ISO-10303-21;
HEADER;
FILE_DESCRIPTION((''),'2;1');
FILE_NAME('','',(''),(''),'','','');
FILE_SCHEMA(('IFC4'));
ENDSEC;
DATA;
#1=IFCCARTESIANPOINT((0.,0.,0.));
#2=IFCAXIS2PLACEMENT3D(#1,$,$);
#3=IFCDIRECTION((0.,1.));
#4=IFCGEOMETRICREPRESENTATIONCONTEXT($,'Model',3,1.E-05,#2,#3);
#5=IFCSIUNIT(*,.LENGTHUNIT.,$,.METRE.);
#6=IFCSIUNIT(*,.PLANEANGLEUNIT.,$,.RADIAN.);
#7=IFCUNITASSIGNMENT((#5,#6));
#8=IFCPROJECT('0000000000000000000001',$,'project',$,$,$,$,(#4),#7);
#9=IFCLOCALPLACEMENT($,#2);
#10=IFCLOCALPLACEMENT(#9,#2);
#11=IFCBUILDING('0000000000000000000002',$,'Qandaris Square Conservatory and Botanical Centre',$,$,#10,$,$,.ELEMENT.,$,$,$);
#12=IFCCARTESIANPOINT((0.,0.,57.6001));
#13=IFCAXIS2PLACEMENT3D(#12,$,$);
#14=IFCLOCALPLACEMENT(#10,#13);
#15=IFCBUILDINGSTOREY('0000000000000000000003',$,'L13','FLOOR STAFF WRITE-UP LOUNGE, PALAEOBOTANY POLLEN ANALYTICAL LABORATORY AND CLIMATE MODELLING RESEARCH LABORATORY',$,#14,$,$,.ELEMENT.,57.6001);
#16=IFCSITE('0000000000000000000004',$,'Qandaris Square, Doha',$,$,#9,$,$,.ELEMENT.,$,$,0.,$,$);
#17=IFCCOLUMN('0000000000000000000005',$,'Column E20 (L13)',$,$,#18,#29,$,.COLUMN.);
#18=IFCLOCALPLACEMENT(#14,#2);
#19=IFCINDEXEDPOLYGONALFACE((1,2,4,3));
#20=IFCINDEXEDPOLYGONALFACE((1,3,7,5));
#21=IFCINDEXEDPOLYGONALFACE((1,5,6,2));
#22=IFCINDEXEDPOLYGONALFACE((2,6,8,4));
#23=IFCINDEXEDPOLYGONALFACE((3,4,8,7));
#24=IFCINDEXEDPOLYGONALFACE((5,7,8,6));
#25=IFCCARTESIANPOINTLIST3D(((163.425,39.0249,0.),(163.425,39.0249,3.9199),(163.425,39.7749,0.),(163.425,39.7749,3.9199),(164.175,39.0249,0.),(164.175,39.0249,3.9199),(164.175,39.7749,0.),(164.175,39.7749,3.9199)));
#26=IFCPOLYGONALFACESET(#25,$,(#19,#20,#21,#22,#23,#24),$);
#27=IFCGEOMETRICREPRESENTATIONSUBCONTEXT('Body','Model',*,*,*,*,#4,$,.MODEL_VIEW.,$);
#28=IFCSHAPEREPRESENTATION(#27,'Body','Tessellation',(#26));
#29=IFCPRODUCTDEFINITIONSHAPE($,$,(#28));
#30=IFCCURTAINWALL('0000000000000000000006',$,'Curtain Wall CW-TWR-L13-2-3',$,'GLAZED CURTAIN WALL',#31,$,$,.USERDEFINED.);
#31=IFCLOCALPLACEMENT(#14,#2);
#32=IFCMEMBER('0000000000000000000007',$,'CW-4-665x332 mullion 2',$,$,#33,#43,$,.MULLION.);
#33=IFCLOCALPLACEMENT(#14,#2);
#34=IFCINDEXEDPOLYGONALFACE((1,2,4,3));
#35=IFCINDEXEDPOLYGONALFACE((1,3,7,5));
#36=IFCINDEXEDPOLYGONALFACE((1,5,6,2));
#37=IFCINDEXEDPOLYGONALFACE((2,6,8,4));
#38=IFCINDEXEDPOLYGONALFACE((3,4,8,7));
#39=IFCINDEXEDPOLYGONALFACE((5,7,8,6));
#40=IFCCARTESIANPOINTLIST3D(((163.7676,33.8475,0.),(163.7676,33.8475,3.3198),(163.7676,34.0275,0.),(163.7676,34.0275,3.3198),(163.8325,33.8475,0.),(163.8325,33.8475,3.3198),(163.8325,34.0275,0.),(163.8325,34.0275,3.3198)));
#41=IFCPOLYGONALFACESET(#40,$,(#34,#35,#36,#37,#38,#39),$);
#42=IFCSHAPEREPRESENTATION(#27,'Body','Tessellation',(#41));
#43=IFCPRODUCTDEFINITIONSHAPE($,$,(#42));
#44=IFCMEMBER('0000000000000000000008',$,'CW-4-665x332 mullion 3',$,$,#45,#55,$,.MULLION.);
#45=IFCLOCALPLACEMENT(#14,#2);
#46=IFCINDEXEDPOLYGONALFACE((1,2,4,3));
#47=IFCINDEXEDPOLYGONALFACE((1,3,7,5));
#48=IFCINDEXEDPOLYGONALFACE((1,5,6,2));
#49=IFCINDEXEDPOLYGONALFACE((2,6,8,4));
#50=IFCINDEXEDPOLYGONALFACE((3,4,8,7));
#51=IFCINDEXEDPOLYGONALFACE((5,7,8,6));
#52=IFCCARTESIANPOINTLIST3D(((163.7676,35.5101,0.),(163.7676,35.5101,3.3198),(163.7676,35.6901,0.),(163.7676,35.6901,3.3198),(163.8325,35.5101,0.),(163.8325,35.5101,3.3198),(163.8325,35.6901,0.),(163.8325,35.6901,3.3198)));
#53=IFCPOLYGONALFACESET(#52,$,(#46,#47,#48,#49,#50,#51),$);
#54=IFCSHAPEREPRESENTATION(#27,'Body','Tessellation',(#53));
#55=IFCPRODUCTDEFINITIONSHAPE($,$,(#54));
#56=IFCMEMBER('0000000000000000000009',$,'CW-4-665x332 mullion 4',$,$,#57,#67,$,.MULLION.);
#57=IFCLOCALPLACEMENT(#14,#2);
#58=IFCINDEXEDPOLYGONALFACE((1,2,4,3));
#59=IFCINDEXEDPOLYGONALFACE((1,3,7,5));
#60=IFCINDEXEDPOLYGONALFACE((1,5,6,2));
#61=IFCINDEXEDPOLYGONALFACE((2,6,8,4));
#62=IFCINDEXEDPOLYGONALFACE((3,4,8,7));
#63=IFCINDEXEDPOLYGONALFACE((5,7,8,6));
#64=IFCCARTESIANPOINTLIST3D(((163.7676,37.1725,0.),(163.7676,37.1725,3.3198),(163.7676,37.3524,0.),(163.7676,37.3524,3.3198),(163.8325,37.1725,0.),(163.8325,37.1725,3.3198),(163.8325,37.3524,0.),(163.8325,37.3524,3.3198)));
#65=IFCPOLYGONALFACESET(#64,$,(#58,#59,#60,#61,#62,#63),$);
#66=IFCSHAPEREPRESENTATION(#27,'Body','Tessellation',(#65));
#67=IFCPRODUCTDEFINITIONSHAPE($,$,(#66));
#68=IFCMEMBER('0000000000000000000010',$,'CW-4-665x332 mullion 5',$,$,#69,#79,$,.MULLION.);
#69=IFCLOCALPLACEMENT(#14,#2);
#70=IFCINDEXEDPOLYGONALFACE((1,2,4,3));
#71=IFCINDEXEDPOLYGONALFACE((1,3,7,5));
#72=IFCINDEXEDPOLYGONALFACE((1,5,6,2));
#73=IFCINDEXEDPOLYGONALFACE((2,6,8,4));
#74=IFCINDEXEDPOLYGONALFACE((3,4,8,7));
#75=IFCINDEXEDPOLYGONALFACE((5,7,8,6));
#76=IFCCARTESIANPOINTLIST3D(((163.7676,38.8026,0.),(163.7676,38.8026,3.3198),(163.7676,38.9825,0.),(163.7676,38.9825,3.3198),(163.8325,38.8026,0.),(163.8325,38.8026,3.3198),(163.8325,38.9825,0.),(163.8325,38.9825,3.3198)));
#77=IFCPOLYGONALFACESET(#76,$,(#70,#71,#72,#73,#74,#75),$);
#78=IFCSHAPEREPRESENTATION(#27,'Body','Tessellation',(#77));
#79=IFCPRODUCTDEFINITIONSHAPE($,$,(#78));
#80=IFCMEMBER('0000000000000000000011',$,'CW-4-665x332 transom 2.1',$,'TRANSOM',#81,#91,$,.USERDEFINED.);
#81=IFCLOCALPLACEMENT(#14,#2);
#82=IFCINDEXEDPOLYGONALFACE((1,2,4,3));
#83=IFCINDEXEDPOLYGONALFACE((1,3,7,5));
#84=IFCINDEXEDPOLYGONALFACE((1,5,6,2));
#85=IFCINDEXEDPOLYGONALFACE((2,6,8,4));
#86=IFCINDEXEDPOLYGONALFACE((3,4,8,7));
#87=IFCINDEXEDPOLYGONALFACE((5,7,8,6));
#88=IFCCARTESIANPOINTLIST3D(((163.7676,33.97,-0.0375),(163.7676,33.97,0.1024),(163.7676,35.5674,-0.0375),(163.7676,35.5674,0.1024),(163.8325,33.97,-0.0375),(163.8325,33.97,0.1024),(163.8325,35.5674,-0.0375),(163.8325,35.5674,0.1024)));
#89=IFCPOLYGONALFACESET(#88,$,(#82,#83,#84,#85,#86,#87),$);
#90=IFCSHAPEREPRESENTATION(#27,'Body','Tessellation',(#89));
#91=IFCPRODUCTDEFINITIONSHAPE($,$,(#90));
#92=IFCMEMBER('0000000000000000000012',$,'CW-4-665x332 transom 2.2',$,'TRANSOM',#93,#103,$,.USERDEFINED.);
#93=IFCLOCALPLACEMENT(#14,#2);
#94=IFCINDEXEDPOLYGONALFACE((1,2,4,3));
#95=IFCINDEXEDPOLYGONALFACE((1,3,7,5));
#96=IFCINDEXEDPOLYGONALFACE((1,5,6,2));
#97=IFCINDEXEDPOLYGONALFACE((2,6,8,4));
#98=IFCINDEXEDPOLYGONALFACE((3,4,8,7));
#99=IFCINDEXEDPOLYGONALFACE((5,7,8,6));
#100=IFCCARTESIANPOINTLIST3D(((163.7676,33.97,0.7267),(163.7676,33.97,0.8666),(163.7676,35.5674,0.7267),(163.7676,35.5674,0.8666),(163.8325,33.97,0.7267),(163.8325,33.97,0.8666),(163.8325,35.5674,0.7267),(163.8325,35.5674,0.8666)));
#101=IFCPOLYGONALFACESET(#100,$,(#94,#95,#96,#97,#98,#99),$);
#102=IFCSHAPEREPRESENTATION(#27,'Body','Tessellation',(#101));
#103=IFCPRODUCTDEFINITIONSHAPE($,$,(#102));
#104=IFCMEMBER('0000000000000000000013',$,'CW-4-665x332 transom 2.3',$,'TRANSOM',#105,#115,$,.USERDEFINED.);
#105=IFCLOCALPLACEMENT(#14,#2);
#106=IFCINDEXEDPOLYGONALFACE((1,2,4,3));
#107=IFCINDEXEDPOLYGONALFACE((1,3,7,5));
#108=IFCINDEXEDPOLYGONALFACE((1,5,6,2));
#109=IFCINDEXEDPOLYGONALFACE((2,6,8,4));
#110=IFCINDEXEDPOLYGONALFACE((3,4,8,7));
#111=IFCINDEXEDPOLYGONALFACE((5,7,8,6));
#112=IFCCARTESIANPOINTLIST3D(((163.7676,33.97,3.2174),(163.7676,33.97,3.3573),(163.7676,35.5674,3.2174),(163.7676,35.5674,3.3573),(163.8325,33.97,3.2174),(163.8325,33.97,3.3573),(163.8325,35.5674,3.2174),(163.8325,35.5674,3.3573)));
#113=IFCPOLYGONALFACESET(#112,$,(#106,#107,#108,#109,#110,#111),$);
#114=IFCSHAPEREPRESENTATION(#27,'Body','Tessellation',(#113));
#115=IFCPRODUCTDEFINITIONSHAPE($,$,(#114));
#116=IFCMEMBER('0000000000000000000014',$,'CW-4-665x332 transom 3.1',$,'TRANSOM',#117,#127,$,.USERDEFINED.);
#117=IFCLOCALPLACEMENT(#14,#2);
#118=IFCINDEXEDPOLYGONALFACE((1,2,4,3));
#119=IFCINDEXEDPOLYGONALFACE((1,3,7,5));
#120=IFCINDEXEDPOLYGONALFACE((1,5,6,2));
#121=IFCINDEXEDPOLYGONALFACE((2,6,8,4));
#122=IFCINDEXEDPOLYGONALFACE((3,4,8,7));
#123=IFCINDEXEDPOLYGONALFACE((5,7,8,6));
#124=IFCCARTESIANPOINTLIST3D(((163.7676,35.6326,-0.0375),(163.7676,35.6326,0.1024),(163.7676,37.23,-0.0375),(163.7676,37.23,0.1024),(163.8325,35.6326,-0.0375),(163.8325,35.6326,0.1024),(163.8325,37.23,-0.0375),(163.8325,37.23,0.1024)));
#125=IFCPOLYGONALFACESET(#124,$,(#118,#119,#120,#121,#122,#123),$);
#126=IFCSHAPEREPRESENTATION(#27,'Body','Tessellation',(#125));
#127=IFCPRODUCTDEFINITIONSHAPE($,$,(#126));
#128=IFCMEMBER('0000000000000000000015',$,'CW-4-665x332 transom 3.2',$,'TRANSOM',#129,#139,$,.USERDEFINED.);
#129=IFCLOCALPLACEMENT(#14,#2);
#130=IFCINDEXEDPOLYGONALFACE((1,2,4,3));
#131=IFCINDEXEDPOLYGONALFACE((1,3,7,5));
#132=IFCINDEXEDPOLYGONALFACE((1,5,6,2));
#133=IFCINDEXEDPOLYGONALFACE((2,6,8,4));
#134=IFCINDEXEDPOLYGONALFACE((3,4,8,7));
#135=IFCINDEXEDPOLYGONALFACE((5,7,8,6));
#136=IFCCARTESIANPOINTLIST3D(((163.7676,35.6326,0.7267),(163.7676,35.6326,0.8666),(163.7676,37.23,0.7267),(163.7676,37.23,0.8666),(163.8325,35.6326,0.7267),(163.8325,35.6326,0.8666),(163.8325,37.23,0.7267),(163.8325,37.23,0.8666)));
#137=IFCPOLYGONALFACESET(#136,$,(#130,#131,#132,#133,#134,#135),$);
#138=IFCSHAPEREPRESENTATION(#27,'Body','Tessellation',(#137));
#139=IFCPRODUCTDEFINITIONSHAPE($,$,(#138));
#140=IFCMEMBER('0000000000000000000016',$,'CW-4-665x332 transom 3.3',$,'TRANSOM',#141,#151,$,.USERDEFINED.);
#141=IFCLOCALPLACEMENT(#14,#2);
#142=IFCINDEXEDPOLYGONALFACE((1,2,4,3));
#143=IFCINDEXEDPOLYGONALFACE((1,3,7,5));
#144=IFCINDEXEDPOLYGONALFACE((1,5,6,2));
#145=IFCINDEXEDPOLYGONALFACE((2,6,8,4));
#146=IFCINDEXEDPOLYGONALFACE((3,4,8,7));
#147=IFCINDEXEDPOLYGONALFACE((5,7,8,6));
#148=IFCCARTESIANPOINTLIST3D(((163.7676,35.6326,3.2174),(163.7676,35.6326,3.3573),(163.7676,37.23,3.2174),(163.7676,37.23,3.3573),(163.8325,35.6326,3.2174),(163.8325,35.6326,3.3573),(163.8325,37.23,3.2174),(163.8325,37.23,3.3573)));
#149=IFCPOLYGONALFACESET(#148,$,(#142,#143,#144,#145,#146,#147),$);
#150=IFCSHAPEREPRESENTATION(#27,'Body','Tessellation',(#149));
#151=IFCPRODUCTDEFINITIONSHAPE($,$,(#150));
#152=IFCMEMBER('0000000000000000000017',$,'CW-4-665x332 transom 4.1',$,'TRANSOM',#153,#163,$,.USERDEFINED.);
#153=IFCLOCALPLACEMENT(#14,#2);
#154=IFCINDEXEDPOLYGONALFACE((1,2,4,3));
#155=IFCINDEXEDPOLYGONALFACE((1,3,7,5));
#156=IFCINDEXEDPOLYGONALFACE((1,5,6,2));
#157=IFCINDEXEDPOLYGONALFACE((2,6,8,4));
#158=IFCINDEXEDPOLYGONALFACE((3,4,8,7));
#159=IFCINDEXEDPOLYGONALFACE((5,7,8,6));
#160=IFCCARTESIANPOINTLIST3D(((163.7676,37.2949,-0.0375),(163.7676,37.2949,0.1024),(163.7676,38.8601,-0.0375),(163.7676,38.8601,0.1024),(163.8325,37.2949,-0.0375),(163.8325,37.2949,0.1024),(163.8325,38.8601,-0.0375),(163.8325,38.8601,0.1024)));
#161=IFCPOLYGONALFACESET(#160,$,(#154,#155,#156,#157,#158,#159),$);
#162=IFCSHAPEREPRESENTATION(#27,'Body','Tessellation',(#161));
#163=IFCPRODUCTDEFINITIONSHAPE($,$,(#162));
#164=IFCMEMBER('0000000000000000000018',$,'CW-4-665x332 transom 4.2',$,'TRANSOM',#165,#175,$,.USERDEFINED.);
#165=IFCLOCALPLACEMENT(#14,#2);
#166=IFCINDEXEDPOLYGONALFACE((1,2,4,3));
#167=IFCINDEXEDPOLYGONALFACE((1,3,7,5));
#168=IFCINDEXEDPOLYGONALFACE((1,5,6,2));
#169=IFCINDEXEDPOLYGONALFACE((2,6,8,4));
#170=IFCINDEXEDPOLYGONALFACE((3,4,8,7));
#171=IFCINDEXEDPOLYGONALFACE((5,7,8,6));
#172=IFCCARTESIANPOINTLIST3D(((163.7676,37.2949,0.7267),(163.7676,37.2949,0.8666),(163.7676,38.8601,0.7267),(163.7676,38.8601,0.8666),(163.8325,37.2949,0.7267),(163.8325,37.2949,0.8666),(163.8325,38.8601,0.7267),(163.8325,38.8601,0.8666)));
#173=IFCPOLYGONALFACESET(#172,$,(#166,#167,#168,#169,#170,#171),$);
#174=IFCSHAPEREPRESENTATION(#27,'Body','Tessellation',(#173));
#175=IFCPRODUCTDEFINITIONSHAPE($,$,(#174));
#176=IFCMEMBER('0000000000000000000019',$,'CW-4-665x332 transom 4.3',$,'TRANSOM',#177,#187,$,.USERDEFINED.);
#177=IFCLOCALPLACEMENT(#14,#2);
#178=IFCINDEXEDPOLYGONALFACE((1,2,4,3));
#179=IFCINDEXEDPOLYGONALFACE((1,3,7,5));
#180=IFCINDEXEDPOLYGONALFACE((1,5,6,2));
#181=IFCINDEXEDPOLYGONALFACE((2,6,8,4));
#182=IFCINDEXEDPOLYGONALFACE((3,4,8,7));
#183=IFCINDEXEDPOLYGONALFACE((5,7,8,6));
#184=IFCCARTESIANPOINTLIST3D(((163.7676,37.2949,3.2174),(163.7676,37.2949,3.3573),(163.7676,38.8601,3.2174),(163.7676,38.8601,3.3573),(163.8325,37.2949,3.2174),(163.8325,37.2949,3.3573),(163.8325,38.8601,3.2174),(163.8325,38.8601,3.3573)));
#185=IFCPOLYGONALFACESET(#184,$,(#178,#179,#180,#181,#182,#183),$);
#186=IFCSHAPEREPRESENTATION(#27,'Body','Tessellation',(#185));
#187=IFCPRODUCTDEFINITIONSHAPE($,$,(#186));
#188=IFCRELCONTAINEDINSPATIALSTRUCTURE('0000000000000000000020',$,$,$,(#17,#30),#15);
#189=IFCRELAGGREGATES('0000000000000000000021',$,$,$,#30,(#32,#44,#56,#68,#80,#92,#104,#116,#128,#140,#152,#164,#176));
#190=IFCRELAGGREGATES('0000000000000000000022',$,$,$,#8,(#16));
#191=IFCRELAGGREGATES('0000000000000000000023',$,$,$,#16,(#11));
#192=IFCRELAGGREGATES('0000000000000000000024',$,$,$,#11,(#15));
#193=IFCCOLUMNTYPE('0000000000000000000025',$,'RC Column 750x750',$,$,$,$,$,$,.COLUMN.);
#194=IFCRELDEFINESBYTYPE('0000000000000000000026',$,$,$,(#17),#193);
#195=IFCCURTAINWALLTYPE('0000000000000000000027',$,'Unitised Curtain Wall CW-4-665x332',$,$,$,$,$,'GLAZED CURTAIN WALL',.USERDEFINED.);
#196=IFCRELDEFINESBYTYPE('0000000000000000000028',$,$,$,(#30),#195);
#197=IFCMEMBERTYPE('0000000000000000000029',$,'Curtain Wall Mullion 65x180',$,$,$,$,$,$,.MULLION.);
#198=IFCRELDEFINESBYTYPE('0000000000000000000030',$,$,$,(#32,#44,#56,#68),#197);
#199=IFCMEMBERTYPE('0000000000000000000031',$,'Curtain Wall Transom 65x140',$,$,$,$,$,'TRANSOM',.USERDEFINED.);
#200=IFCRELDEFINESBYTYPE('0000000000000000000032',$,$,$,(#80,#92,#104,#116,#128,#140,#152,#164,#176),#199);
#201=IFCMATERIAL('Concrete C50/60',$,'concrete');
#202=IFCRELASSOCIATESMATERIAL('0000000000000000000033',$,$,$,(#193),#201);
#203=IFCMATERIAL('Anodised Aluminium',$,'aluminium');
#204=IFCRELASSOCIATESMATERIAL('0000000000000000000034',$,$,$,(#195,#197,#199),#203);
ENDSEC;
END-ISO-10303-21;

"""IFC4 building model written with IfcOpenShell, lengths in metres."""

from ifc_helpers import new_model, si_unit, direction, frame, origin, origin_2d, place, context, subcontext, project, spatial, rectangle, extrude, material, material_profile, profile_set, type_object, element, aggregate, save


model = new_model("IFC4")

# Units and contexts
model_context = context("Model", 3, precision=1e-05, world=origin(), true_north=direction((0.0, 1.0)))
body_context = subcontext(model_context, "Body", "Model", "MODEL_VIEW")
ifc_project = project(units=[si_unit("LENGTHUNIT", "METRE"), si_unit("PLANEANGLEUNIT", "RADIAN")], contexts=[model_context])

# Site, building, storey
site_placement = place(None, origin())
site = spatial("IfcSite", under=ifc_project, at=site_placement, Name="Qandaris Square, Doha", CompositionType="ELEMENT", RefElevation=0.0)
building_placement = place(site_placement, origin())
building = spatial("IfcBuilding", under=site, at=building_placement, Name="Qandaris Square Conservatory and Botanical Centre", CompositionType="ELEMENT")
storey_placement = place(building_placement, frame((0.0, 0.0, 57.6001)))
storey = spatial("IfcBuildingStorey", under=building, at=storey_placement, Name="L13", Description="FLOOR STAFF WRITE-UP LOUNGE, PALAEOBOTANY POLLEN ANALYTICAL LABORATORY AND CLIMATE MODELLING RESEARCH LABORATORY", CompositionType="ELEMENT", Elevation=57.6001)

# Column
ifc_material_1 = material(Name="Concrete C50/60", Category="concrete")
ifc_material_profile_1 = material_profile(ifc_material_1, rectangle(XDim=0.75, YDim=0.75, at=origin_2d()), Name="RC-COL 750x750")
ifc_profile_set_1 = profile_set([ifc_material_profile_1], Name="Concrete C50/60")
column_type = type_object("IfcColumnType", Name="RC Column 750x750", PredefinedType="COLUMN", material=ifc_profile_set_1)
column_placement = place(storey_placement, frame((163.8, 39.3999, 0.0), z_axis=(0.0, 0.0, 1.0), x_axis=(1.0, 0.0, 0.0)))
element("IfcColumn", 1, at=column_placement, inside=storey, type_object=column_type, Name="Column E20 (L13)", PredefinedType="COLUMN", context=body_context, shape_type="SweptSolid", body=[
    extrude(rectangle(XDim=0.75, YDim=0.75, at=origin_2d()), origin(), (0.0, 0.0, 1.0), 3.9199),
])

# Curtain wall, members
ifc_material_2 = material(Name="Anodised Aluminium", Category="aluminium")
curtain_wall_type = type_object("IfcCurtainWallType", Name="Unitised Curtain Wall CW-4-665x332", ElementType="GLAZED CURTAIN WALL", PredefinedType="USERDEFINED", material=ifc_material_2)
curtain_wall_placement = place(storey_placement, origin())
curtain_wall = element("IfcCurtainWall", 2, at=curtain_wall_placement, inside=storey, type_object=curtain_wall_type, Name="Curtain Wall CW-TWR-L13-2-3", ObjectType="GLAZED CURTAIN WALL", PredefinedType="USERDEFINED")
ifc_material_profile_2 = material_profile(ifc_material_2, rectangle(XDim=0.0649, YDim=0.1799, at=origin_2d()), Name="ALU-MUL 65x180")
ifc_profile_set_2 = profile_set([ifc_material_profile_2], Name="Anodised Aluminium")
member_type_1 = type_object("IfcMemberType", Name="Curtain Wall Mullion 65x180", PredefinedType="MULLION", material=ifc_profile_set_2)
member_1_placement = place(storey_placement, frame((163.8, 33.9375, 0.0), z_axis=(0.0, 0.0, 1.0), x_axis=(-1.0, 0.0, 0.0)))
member_1 = element("IfcMember", 3, at=member_1_placement, type_object=member_type_1, Name="CW-4-665x332 mullion 2", PredefinedType="MULLION", context=body_context, shape_type="SweptSolid", body=[
    extrude(rectangle(XDim=0.0649, YDim=0.1799, at=origin_2d()), origin(), (0.0, 0.0, 1.0), 3.3198),
])
member_2_placement = place(storey_placement, frame((163.8, 35.6001, 0.0), z_axis=(0.0, 0.0, 1.0), x_axis=(-1.0, 0.0, 0.0)))
member_2 = element("IfcMember", 4, at=member_2_placement, type_object=member_type_1, Name="CW-4-665x332 mullion 3", PredefinedType="MULLION", context=body_context, shape_type="SweptSolid", body=[
    extrude(rectangle(XDim=0.0649, YDim=0.1799, at=origin_2d()), origin(), (0.0, 0.0, 1.0), 3.3198),
])
member_3_placement = place(storey_placement, frame((163.8, 37.2625, 0.0), z_axis=(0.0, 0.0, 1.0), x_axis=(-1.0, 0.0, 0.0)))
member_3 = element("IfcMember", 5, at=member_3_placement, type_object=member_type_1, Name="CW-4-665x332 mullion 4", PredefinedType="MULLION", context=body_context, shape_type="SweptSolid", body=[
    extrude(rectangle(XDim=0.0649, YDim=0.1799, at=origin_2d()), origin(), (0.0, 0.0, 1.0), 3.3198),
])
member_4_placement = place(storey_placement, frame((163.8, 38.8926, 0.0), z_axis=(0.0, 0.0, 1.0), x_axis=(-1.0, 0.0, 0.0)))
member_4 = element("IfcMember", 6, at=member_4_placement, type_object=member_type_1, Name="CW-4-665x332 mullion 5", PredefinedType="MULLION", context=body_context, shape_type="SweptSolid", body=[
    extrude(rectangle(XDim=0.0649, YDim=0.1799, at=origin_2d()), origin(), (0.0, 0.0, 1.0), 3.3198),
])
ifc_material_profile_3 = material_profile(ifc_material_2, rectangle(XDim=0.0649, YDim=0.1399, at=origin_2d()), Name="ALU-TRN 65x140")
ifc_profile_set_3 = profile_set([ifc_material_profile_3], Name="Anodised Aluminium")
member_type_2 = type_object("IfcMemberType", Name="Curtain Wall Transom 65x140", ElementType="TRANSOM", PredefinedType="USERDEFINED", material=ifc_profile_set_3)
member_5_placement = place(storey_placement, frame((163.8, 33.97, 0.0325), z_axis=(0.0, 1.0, 0.0), x_axis=(-1.0, 0.0, 0.0)))
member_5 = element("IfcMember", 7, at=member_5_placement, type_object=member_type_2, Name="CW-4-665x332 transom 2.1", ObjectType="TRANSOM", PredefinedType="USERDEFINED", context=body_context, shape_type="SweptSolid", body=[
    extrude(rectangle(XDim=0.0649, YDim=0.1399, at=origin_2d()), origin(), (0.0, 0.0, 1.0), 1.5974),
])
member_6_placement = place(storey_placement, frame((163.8, 33.97, 0.7966), z_axis=(0.0, 1.0, 0.0), x_axis=(-1.0, 0.0, 0.0)))
member_6 = element("IfcMember", 8, at=member_6_placement, type_object=member_type_2, Name="CW-4-665x332 transom 2.2", ObjectType="TRANSOM", PredefinedType="USERDEFINED", context=body_context, shape_type="SweptSolid", body=[
    extrude(rectangle(XDim=0.0649, YDim=0.1399, at=origin_2d()), origin(), (0.0, 0.0, 1.0), 1.5974),
])
member_7_placement = place(storey_placement, frame((163.8, 33.97, 3.2874), z_axis=(0.0, 1.0, 0.0), x_axis=(-1.0, 0.0, 0.0)))
member_7 = element("IfcMember", 9, at=member_7_placement, type_object=member_type_2, Name="CW-4-665x332 transom 2.3", ObjectType="TRANSOM", PredefinedType="USERDEFINED", context=body_context, shape_type="SweptSolid", body=[
    extrude(rectangle(XDim=0.0649, YDim=0.1399, at=origin_2d()), origin(), (0.0, 0.0, 1.0), 1.5974),
])
member_8_placement = place(storey_placement, frame((163.8, 35.6326, 0.0325), z_axis=(0.0, 1.0, 0.0), x_axis=(-1.0, 0.0, 0.0)))
member_8 = element("IfcMember", 10, at=member_8_placement, type_object=member_type_2, Name="CW-4-665x332 transom 3.1", ObjectType="TRANSOM", PredefinedType="USERDEFINED", context=body_context, shape_type="SweptSolid", body=[
    extrude(rectangle(XDim=0.0649, YDim=0.1399, at=origin_2d()), origin(), (0.0, 0.0, 1.0), 1.5974),
])
member_9_placement = place(storey_placement, frame((163.8, 35.6326, 0.7966), z_axis=(0.0, 1.0, 0.0), x_axis=(-1.0, 0.0, 0.0)))
member_9 = element("IfcMember", 11, at=member_9_placement, type_object=member_type_2, Name="CW-4-665x332 transom 3.2", ObjectType="TRANSOM", PredefinedType="USERDEFINED", context=body_context, shape_type="SweptSolid", body=[
    extrude(rectangle(XDim=0.0649, YDim=0.1399, at=origin_2d()), origin(), (0.0, 0.0, 1.0), 1.5974),
])
member_10_placement = place(storey_placement, frame((163.8, 35.6326, 3.2874), z_axis=(0.0, 1.0, 0.0), x_axis=(-1.0, 0.0, 0.0)))
member_10 = element("IfcMember", 12, at=member_10_placement, type_object=member_type_2, Name="CW-4-665x332 transom 3.3", ObjectType="TRANSOM", PredefinedType="USERDEFINED", context=body_context, shape_type="SweptSolid", body=[
    extrude(rectangle(XDim=0.0649, YDim=0.1399, at=origin_2d()), origin(), (0.0, 0.0, 1.0), 1.5974),
])
member_11_placement = place(storey_placement, frame((163.8, 37.2949, 0.0325), z_axis=(0.0, 1.0, 0.0), x_axis=(-1.0, 0.0, 0.0)))
member_11 = element("IfcMember", 13, at=member_11_placement, type_object=member_type_2, Name="CW-4-665x332 transom 4.1", ObjectType="TRANSOM", PredefinedType="USERDEFINED", context=body_context, shape_type="SweptSolid", body=[
    extrude(rectangle(XDim=0.0649, YDim=0.1399, at=origin_2d()), origin(), (0.0, 0.0, 1.0), 1.5652),
])
member_12_placement = place(storey_placement, frame((163.8, 37.2949, 0.7966), z_axis=(0.0, 1.0, 0.0), x_axis=(-1.0, 0.0, 0.0)))
member_12 = element("IfcMember", 14, at=member_12_placement, type_object=member_type_2, Name="CW-4-665x332 transom 4.2", ObjectType="TRANSOM", PredefinedType="USERDEFINED", context=body_context, shape_type="SweptSolid", body=[
    extrude(rectangle(XDim=0.0649, YDim=0.1399, at=origin_2d()), origin(), (0.0, 0.0, 1.0), 1.5652),
])
member_13_placement = place(storey_placement, frame((163.8, 37.2949, 3.2874), z_axis=(0.0, 1.0, 0.0), x_axis=(-1.0, 0.0, 0.0)))
member_13 = element("IfcMember", 15, at=member_13_placement, type_object=member_type_2, Name="CW-4-665x332 transom 4.3", ObjectType="TRANSOM", PredefinedType="USERDEFINED", context=body_context, shape_type="SweptSolid", body=[
    extrude(rectangle(XDim=0.0649, YDim=0.1399, at=origin_2d()), origin(), (0.0, 0.0, 1.0), 1.5652),
])

aggregate(curtain_wall, [member_1, member_2, member_3, member_4, member_5, member_6, member_7, member_8, member_9, member_10, member_11, member_12, member_13])

save(model, "model.ifc")
